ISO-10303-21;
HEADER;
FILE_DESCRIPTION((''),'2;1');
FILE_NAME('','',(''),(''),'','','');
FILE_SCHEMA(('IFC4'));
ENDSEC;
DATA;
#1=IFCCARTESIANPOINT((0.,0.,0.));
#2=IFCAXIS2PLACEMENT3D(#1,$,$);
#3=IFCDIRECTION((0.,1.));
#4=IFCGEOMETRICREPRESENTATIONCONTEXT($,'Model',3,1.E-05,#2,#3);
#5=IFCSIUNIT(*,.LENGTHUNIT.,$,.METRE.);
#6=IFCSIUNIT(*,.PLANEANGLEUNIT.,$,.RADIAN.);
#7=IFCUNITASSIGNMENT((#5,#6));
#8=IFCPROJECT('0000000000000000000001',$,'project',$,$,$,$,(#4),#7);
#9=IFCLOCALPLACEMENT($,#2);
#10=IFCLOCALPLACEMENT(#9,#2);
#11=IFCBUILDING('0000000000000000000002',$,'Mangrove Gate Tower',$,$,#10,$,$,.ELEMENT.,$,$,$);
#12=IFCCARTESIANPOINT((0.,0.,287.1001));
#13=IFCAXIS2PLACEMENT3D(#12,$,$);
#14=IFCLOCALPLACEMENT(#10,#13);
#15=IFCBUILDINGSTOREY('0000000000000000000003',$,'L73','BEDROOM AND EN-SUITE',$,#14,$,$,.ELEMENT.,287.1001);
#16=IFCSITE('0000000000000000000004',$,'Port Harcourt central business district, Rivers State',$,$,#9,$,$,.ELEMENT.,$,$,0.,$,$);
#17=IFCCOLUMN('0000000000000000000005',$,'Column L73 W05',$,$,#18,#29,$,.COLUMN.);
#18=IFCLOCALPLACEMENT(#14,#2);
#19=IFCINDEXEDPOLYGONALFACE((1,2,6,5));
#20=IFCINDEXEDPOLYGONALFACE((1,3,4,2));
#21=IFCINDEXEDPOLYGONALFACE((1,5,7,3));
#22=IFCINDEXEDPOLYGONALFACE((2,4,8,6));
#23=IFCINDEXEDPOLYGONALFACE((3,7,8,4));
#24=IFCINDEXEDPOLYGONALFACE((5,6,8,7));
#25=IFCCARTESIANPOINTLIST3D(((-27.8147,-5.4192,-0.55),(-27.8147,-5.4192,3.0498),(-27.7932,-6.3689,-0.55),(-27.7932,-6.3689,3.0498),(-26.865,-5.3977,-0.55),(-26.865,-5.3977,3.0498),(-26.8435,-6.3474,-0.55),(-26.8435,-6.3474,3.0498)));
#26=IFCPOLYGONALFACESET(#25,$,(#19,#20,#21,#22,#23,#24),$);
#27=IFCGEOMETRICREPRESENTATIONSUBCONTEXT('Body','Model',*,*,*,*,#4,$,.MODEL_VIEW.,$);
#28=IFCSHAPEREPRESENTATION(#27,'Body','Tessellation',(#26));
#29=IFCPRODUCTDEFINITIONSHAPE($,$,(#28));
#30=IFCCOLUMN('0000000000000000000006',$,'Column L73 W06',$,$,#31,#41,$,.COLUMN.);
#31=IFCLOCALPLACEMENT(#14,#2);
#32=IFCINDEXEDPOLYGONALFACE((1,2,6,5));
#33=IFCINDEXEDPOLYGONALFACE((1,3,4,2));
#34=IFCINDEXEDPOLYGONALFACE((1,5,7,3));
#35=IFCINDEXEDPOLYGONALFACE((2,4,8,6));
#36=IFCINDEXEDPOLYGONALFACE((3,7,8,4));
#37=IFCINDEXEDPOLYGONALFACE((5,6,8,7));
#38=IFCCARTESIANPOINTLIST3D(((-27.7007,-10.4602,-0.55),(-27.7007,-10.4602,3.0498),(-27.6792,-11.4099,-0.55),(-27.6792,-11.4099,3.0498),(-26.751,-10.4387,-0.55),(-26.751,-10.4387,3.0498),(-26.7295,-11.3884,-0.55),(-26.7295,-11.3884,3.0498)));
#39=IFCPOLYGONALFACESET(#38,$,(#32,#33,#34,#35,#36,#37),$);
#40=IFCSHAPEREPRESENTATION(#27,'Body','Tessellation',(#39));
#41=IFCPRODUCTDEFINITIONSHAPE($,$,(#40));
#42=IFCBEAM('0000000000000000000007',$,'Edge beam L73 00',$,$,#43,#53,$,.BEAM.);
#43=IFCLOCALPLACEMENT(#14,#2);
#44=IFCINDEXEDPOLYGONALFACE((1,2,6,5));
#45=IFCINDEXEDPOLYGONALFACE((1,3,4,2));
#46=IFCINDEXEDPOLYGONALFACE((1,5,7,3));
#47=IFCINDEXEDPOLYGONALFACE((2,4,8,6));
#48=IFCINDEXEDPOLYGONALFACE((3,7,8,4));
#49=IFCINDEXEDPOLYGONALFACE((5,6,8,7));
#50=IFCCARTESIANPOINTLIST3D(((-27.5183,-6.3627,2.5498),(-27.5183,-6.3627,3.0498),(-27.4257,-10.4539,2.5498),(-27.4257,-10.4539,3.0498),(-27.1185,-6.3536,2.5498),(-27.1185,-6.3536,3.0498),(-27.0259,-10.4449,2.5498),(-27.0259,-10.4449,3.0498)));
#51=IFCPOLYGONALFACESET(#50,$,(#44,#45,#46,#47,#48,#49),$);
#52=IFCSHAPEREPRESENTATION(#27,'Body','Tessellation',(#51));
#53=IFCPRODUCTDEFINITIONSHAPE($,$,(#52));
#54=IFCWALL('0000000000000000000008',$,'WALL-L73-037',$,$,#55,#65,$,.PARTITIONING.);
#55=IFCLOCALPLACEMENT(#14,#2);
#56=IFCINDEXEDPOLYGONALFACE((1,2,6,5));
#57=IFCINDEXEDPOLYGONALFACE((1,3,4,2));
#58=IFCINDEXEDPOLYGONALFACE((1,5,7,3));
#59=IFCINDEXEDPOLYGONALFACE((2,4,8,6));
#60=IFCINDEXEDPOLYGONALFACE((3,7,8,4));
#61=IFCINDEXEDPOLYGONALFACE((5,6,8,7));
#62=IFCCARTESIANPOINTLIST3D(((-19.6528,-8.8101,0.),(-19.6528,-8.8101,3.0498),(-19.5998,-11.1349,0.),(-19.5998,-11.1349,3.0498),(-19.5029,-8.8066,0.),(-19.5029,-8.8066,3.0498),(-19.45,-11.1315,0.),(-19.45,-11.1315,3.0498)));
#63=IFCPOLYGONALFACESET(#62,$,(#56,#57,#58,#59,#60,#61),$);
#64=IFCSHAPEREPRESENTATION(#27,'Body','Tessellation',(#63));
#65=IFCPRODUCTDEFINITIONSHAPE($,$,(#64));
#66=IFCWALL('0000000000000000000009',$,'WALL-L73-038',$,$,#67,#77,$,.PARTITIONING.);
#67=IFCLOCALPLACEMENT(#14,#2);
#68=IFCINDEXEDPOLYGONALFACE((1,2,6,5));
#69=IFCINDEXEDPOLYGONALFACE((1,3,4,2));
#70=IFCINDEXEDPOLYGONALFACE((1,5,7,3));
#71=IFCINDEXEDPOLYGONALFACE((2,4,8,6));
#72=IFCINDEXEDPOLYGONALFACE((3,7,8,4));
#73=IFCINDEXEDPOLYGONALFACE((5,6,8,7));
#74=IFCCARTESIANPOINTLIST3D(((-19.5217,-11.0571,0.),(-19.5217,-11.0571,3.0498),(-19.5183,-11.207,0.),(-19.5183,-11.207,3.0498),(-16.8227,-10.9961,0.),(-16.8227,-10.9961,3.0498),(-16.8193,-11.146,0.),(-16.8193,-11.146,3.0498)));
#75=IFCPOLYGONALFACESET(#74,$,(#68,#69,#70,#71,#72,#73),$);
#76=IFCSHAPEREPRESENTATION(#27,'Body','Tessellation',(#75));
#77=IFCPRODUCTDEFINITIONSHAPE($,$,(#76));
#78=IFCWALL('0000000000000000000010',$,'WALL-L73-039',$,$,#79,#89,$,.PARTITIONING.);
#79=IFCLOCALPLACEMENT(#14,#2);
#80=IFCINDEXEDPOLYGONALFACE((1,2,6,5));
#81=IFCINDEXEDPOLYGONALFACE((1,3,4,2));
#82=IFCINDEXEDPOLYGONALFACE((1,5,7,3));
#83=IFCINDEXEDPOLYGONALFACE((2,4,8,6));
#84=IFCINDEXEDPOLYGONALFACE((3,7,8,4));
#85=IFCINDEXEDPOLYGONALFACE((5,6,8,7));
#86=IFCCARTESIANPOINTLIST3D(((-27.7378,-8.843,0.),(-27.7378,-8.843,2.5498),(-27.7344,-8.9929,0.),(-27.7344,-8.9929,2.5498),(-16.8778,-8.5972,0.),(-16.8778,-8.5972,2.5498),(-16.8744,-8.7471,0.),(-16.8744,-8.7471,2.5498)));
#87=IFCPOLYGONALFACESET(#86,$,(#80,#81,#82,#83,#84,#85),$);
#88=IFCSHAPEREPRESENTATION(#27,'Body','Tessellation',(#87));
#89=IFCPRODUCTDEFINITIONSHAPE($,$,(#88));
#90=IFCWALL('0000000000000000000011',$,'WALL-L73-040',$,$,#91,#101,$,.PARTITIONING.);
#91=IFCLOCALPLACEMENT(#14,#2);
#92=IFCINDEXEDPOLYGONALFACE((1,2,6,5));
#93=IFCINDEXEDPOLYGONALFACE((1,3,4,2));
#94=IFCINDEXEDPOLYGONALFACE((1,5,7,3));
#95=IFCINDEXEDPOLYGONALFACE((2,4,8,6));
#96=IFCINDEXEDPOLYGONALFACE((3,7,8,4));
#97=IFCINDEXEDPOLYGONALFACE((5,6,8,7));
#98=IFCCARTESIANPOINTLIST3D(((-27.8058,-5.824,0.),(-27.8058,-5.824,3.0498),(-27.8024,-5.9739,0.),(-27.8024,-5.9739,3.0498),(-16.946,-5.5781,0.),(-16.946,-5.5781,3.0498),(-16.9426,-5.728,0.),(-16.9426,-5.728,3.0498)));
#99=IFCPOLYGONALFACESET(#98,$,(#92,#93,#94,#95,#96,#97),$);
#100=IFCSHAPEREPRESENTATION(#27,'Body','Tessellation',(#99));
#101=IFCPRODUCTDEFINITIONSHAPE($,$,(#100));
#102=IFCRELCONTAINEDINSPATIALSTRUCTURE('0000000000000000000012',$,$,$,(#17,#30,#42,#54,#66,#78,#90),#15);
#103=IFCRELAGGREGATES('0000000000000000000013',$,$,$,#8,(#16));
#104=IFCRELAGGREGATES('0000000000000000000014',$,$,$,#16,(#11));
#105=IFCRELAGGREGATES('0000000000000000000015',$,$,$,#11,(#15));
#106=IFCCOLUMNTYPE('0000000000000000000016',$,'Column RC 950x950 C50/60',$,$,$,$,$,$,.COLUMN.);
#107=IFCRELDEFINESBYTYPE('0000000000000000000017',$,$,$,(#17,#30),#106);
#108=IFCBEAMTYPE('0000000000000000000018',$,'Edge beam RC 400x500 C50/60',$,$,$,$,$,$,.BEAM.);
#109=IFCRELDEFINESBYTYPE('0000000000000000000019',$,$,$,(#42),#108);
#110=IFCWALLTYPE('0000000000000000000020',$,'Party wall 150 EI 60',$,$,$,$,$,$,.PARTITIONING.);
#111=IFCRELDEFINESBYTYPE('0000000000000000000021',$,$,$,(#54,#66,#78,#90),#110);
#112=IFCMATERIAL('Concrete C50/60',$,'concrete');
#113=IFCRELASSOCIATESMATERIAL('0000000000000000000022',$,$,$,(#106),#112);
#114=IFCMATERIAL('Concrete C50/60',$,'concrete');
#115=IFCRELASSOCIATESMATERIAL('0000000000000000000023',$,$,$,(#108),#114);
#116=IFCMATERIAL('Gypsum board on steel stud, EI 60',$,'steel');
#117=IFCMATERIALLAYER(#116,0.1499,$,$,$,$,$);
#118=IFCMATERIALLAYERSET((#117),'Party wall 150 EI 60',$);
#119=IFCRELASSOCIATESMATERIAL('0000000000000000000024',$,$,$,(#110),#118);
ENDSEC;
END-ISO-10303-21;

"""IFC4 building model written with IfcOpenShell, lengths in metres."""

from ifc_helpers import new_model, si_unit, direction, frame, frame_2d, origin, origin_2d, place, context, subcontext, project, spatial, rectangle, extrude, material, layer, layer_set, material_profile, profile_set, type_object, element, save


model = new_model("IFC4")

# Units and contexts
model_context = context("Model", 3, precision=1e-05, world=origin(), true_north=direction((0.0, 1.0)))
body_context = subcontext(model_context, "Body", "Model", "MODEL_VIEW")
ifc_project = project(units=[si_unit("LENGTHUNIT", "METRE"), si_unit("PLANEANGLEUNIT", "RADIAN")], contexts=[model_context])

# Site, building, storey
site_placement = place(None, origin())
site = spatial("IfcSite", under=ifc_project, at=site_placement, Name="Port Harcourt central business district, Rivers State", CompositionType="ELEMENT", RefElevation=0.0)
building_placement = place(site_placement, origin())
building = spatial("IfcBuilding", under=site, at=building_placement, Name="Mangrove Gate Tower", CompositionType="ELEMENT")
storey_placement = place(building_placement, frame((0.0, 0.0, 287.1001)))
storey = spatial("IfcBuildingStorey", under=building, at=storey_placement, Name="L73", Description="BEDROOM AND EN-SUITE", CompositionType="ELEMENT", Elevation=287.1001)

# Columns
ifc_material_1 = material(Name="Concrete C50/60", Category="concrete")
ifc_material_profile_1 = material_profile(ifc_material_1, rectangle(XDim=0.95, YDim=0.95, at=origin_2d()))
ifc_profile_set_1 = profile_set([ifc_material_profile_1], Name="Concrete C50/60")
column_type = type_object("IfcColumnType", Name="Column RC 950x950 C50/60", PredefinedType="COLUMN", material=ifc_profile_set_1)
for number, where, z_axis, x_axis, name in (
    (1, (-27.3291, -5.8833, -0.55), (0.0, 0.0, 1.0), (0.022668, -0.999743, 0.0), "Column L73 W05"),
    (2, (-27.2151, -10.9243, -0.55), (0.0, 0.0, 1.0), (0.022611, -0.999744, 0.0), "Column L73 W06"),
):
    element("IfcColumn", number, at=place(storey_placement, frame(where, z_axis=z_axis, x_axis=x_axis)), inside=storey, type_object=column_type, Name=name, PredefinedType="COLUMN", context=body_context, shape_type="SweptSolid", body=[
        extrude(rectangle(XDim=0.95, YDim=0.95, at=origin_2d()), origin(), (0.0, 0.0, 1.0), 3.5999),
    ])

# Beam
ifc_material_2 = material(Name="Concrete C50/60", Category="concrete")
ifc_material_profile_2 = material_profile(ifc_material_2, rectangle(XDim=0.3999, YDim=0.5, at=origin_2d()))
ifc_profile_set_2 = profile_set([ifc_material_profile_2], Name="Concrete C50/60")
beam_type = type_object("IfcBeamType", Name="Edge beam RC 400x500 C50/60", PredefinedType="BEAM", material=ifc_profile_set_2)
beam_placement = place(storey_placement, frame((-27.3184, -6.3582, 2.7998), z_axis=(0.02261, -0.999744, 0.0), x_axis=(0.999744, 0.02261, 0.0)))
element("IfcBeam", 3, at=beam_placement, inside=storey, type_object=beam_type, Name="Edge beam L73 00", PredefinedType="BEAM", context=body_context, shape_type="SweptSolid", body=[
    extrude(rectangle(XDim=0.3999, YDim=0.5, at=origin_2d()), origin(), (0.0, 0.0, 1.0), 4.0923),
])

# Walls
ifc_material_3 = material(Name="Gypsum board on steel stud, EI 60", Category="steel")
ifc_layer_1 = layer(ifc_material_3, 0.1499)
ifc_layer_set_1 = layer_set([ifc_layer_1], Name="Party wall 150 EI 60")
wall_type_1 = type_object("IfcWallType", Name="Party wall 150 EI 60", PredefinedType="PARTITIONING", material=ifc_layer_set_1)
wall_1_placement = place(storey_placement, frame((-19.5249, -11.1331, 0.0), z_axis=(0.0, 0.0, 1.0), x_axis=(-0.022781, 0.99974, 0.0)))
element("IfcWall", 4, at=wall_1_placement, inside=storey, type_object=wall_type_1, Name="WALL-L73-037", PredefinedType="PARTITIONING", context=body_context, shape_type="SweptSolid", body=[
    extrude(rectangle(XDim=2.3254, YDim=0.1499, at=frame_2d((1.1626, 0.0))), origin(), (0.0, 0.0, 1.0), 3.0498),
])
wall_2_placement = place(storey_placement, frame((-19.52, -11.1321, 0.0), z_axis=(0.0, 0.0, 1.0), x_axis=(0.999744, 0.022608, 0.0)))
element("IfcWall", 5, at=wall_2_placement, inside=storey, type_object=wall_type_1, Name="WALL-L73-038", PredefinedType="PARTITIONING", context=body_context, shape_type="SweptSolid", body=[
    extrude(rectangle(XDim=2.6997, YDim=0.1499, at=frame_2d((1.3499, 0.0))), origin(), (0.0, 0.0, 1.0), 3.0498),
])
wall_3_placement = place(storey_placement, frame((-27.7361, -8.918, 0.0), z_axis=(0.0, 0.0, 1.0), x_axis=(0.999744, 0.022632, 0.0)))
element("IfcWall", 6, at=wall_3_placement, inside=storey, type_object=wall_type_1, Name="WALL-L73-039", PredefinedType="PARTITIONING", context=body_context, shape_type="SweptSolid", body=[
    extrude(rectangle(XDim=10.8628, YDim=0.1499, at=frame_2d((5.4314, 0.0))), origin(), (0.0, 0.0, 1.0), 2.5498),
])
wall_4_placement = place(storey_placement, frame((-27.804, -5.8989, 0.0), z_axis=(0.0, 0.0, 1.0), x_axis=(0.999744, 0.022633, 0.0)))
element("IfcWall", 7, at=wall_4_placement, inside=storey, type_object=wall_type_1, Name="WALL-L73-040", PredefinedType="PARTITIONING", context=body_context, shape_type="SweptSolid", body=[
    extrude(rectangle(XDim=10.8625, YDim=0.1499, at=frame_2d((5.4312, 0.0))), origin(), (0.0, 0.0, 1.0), 3.0498),
])

save(model, "model.ifc")
